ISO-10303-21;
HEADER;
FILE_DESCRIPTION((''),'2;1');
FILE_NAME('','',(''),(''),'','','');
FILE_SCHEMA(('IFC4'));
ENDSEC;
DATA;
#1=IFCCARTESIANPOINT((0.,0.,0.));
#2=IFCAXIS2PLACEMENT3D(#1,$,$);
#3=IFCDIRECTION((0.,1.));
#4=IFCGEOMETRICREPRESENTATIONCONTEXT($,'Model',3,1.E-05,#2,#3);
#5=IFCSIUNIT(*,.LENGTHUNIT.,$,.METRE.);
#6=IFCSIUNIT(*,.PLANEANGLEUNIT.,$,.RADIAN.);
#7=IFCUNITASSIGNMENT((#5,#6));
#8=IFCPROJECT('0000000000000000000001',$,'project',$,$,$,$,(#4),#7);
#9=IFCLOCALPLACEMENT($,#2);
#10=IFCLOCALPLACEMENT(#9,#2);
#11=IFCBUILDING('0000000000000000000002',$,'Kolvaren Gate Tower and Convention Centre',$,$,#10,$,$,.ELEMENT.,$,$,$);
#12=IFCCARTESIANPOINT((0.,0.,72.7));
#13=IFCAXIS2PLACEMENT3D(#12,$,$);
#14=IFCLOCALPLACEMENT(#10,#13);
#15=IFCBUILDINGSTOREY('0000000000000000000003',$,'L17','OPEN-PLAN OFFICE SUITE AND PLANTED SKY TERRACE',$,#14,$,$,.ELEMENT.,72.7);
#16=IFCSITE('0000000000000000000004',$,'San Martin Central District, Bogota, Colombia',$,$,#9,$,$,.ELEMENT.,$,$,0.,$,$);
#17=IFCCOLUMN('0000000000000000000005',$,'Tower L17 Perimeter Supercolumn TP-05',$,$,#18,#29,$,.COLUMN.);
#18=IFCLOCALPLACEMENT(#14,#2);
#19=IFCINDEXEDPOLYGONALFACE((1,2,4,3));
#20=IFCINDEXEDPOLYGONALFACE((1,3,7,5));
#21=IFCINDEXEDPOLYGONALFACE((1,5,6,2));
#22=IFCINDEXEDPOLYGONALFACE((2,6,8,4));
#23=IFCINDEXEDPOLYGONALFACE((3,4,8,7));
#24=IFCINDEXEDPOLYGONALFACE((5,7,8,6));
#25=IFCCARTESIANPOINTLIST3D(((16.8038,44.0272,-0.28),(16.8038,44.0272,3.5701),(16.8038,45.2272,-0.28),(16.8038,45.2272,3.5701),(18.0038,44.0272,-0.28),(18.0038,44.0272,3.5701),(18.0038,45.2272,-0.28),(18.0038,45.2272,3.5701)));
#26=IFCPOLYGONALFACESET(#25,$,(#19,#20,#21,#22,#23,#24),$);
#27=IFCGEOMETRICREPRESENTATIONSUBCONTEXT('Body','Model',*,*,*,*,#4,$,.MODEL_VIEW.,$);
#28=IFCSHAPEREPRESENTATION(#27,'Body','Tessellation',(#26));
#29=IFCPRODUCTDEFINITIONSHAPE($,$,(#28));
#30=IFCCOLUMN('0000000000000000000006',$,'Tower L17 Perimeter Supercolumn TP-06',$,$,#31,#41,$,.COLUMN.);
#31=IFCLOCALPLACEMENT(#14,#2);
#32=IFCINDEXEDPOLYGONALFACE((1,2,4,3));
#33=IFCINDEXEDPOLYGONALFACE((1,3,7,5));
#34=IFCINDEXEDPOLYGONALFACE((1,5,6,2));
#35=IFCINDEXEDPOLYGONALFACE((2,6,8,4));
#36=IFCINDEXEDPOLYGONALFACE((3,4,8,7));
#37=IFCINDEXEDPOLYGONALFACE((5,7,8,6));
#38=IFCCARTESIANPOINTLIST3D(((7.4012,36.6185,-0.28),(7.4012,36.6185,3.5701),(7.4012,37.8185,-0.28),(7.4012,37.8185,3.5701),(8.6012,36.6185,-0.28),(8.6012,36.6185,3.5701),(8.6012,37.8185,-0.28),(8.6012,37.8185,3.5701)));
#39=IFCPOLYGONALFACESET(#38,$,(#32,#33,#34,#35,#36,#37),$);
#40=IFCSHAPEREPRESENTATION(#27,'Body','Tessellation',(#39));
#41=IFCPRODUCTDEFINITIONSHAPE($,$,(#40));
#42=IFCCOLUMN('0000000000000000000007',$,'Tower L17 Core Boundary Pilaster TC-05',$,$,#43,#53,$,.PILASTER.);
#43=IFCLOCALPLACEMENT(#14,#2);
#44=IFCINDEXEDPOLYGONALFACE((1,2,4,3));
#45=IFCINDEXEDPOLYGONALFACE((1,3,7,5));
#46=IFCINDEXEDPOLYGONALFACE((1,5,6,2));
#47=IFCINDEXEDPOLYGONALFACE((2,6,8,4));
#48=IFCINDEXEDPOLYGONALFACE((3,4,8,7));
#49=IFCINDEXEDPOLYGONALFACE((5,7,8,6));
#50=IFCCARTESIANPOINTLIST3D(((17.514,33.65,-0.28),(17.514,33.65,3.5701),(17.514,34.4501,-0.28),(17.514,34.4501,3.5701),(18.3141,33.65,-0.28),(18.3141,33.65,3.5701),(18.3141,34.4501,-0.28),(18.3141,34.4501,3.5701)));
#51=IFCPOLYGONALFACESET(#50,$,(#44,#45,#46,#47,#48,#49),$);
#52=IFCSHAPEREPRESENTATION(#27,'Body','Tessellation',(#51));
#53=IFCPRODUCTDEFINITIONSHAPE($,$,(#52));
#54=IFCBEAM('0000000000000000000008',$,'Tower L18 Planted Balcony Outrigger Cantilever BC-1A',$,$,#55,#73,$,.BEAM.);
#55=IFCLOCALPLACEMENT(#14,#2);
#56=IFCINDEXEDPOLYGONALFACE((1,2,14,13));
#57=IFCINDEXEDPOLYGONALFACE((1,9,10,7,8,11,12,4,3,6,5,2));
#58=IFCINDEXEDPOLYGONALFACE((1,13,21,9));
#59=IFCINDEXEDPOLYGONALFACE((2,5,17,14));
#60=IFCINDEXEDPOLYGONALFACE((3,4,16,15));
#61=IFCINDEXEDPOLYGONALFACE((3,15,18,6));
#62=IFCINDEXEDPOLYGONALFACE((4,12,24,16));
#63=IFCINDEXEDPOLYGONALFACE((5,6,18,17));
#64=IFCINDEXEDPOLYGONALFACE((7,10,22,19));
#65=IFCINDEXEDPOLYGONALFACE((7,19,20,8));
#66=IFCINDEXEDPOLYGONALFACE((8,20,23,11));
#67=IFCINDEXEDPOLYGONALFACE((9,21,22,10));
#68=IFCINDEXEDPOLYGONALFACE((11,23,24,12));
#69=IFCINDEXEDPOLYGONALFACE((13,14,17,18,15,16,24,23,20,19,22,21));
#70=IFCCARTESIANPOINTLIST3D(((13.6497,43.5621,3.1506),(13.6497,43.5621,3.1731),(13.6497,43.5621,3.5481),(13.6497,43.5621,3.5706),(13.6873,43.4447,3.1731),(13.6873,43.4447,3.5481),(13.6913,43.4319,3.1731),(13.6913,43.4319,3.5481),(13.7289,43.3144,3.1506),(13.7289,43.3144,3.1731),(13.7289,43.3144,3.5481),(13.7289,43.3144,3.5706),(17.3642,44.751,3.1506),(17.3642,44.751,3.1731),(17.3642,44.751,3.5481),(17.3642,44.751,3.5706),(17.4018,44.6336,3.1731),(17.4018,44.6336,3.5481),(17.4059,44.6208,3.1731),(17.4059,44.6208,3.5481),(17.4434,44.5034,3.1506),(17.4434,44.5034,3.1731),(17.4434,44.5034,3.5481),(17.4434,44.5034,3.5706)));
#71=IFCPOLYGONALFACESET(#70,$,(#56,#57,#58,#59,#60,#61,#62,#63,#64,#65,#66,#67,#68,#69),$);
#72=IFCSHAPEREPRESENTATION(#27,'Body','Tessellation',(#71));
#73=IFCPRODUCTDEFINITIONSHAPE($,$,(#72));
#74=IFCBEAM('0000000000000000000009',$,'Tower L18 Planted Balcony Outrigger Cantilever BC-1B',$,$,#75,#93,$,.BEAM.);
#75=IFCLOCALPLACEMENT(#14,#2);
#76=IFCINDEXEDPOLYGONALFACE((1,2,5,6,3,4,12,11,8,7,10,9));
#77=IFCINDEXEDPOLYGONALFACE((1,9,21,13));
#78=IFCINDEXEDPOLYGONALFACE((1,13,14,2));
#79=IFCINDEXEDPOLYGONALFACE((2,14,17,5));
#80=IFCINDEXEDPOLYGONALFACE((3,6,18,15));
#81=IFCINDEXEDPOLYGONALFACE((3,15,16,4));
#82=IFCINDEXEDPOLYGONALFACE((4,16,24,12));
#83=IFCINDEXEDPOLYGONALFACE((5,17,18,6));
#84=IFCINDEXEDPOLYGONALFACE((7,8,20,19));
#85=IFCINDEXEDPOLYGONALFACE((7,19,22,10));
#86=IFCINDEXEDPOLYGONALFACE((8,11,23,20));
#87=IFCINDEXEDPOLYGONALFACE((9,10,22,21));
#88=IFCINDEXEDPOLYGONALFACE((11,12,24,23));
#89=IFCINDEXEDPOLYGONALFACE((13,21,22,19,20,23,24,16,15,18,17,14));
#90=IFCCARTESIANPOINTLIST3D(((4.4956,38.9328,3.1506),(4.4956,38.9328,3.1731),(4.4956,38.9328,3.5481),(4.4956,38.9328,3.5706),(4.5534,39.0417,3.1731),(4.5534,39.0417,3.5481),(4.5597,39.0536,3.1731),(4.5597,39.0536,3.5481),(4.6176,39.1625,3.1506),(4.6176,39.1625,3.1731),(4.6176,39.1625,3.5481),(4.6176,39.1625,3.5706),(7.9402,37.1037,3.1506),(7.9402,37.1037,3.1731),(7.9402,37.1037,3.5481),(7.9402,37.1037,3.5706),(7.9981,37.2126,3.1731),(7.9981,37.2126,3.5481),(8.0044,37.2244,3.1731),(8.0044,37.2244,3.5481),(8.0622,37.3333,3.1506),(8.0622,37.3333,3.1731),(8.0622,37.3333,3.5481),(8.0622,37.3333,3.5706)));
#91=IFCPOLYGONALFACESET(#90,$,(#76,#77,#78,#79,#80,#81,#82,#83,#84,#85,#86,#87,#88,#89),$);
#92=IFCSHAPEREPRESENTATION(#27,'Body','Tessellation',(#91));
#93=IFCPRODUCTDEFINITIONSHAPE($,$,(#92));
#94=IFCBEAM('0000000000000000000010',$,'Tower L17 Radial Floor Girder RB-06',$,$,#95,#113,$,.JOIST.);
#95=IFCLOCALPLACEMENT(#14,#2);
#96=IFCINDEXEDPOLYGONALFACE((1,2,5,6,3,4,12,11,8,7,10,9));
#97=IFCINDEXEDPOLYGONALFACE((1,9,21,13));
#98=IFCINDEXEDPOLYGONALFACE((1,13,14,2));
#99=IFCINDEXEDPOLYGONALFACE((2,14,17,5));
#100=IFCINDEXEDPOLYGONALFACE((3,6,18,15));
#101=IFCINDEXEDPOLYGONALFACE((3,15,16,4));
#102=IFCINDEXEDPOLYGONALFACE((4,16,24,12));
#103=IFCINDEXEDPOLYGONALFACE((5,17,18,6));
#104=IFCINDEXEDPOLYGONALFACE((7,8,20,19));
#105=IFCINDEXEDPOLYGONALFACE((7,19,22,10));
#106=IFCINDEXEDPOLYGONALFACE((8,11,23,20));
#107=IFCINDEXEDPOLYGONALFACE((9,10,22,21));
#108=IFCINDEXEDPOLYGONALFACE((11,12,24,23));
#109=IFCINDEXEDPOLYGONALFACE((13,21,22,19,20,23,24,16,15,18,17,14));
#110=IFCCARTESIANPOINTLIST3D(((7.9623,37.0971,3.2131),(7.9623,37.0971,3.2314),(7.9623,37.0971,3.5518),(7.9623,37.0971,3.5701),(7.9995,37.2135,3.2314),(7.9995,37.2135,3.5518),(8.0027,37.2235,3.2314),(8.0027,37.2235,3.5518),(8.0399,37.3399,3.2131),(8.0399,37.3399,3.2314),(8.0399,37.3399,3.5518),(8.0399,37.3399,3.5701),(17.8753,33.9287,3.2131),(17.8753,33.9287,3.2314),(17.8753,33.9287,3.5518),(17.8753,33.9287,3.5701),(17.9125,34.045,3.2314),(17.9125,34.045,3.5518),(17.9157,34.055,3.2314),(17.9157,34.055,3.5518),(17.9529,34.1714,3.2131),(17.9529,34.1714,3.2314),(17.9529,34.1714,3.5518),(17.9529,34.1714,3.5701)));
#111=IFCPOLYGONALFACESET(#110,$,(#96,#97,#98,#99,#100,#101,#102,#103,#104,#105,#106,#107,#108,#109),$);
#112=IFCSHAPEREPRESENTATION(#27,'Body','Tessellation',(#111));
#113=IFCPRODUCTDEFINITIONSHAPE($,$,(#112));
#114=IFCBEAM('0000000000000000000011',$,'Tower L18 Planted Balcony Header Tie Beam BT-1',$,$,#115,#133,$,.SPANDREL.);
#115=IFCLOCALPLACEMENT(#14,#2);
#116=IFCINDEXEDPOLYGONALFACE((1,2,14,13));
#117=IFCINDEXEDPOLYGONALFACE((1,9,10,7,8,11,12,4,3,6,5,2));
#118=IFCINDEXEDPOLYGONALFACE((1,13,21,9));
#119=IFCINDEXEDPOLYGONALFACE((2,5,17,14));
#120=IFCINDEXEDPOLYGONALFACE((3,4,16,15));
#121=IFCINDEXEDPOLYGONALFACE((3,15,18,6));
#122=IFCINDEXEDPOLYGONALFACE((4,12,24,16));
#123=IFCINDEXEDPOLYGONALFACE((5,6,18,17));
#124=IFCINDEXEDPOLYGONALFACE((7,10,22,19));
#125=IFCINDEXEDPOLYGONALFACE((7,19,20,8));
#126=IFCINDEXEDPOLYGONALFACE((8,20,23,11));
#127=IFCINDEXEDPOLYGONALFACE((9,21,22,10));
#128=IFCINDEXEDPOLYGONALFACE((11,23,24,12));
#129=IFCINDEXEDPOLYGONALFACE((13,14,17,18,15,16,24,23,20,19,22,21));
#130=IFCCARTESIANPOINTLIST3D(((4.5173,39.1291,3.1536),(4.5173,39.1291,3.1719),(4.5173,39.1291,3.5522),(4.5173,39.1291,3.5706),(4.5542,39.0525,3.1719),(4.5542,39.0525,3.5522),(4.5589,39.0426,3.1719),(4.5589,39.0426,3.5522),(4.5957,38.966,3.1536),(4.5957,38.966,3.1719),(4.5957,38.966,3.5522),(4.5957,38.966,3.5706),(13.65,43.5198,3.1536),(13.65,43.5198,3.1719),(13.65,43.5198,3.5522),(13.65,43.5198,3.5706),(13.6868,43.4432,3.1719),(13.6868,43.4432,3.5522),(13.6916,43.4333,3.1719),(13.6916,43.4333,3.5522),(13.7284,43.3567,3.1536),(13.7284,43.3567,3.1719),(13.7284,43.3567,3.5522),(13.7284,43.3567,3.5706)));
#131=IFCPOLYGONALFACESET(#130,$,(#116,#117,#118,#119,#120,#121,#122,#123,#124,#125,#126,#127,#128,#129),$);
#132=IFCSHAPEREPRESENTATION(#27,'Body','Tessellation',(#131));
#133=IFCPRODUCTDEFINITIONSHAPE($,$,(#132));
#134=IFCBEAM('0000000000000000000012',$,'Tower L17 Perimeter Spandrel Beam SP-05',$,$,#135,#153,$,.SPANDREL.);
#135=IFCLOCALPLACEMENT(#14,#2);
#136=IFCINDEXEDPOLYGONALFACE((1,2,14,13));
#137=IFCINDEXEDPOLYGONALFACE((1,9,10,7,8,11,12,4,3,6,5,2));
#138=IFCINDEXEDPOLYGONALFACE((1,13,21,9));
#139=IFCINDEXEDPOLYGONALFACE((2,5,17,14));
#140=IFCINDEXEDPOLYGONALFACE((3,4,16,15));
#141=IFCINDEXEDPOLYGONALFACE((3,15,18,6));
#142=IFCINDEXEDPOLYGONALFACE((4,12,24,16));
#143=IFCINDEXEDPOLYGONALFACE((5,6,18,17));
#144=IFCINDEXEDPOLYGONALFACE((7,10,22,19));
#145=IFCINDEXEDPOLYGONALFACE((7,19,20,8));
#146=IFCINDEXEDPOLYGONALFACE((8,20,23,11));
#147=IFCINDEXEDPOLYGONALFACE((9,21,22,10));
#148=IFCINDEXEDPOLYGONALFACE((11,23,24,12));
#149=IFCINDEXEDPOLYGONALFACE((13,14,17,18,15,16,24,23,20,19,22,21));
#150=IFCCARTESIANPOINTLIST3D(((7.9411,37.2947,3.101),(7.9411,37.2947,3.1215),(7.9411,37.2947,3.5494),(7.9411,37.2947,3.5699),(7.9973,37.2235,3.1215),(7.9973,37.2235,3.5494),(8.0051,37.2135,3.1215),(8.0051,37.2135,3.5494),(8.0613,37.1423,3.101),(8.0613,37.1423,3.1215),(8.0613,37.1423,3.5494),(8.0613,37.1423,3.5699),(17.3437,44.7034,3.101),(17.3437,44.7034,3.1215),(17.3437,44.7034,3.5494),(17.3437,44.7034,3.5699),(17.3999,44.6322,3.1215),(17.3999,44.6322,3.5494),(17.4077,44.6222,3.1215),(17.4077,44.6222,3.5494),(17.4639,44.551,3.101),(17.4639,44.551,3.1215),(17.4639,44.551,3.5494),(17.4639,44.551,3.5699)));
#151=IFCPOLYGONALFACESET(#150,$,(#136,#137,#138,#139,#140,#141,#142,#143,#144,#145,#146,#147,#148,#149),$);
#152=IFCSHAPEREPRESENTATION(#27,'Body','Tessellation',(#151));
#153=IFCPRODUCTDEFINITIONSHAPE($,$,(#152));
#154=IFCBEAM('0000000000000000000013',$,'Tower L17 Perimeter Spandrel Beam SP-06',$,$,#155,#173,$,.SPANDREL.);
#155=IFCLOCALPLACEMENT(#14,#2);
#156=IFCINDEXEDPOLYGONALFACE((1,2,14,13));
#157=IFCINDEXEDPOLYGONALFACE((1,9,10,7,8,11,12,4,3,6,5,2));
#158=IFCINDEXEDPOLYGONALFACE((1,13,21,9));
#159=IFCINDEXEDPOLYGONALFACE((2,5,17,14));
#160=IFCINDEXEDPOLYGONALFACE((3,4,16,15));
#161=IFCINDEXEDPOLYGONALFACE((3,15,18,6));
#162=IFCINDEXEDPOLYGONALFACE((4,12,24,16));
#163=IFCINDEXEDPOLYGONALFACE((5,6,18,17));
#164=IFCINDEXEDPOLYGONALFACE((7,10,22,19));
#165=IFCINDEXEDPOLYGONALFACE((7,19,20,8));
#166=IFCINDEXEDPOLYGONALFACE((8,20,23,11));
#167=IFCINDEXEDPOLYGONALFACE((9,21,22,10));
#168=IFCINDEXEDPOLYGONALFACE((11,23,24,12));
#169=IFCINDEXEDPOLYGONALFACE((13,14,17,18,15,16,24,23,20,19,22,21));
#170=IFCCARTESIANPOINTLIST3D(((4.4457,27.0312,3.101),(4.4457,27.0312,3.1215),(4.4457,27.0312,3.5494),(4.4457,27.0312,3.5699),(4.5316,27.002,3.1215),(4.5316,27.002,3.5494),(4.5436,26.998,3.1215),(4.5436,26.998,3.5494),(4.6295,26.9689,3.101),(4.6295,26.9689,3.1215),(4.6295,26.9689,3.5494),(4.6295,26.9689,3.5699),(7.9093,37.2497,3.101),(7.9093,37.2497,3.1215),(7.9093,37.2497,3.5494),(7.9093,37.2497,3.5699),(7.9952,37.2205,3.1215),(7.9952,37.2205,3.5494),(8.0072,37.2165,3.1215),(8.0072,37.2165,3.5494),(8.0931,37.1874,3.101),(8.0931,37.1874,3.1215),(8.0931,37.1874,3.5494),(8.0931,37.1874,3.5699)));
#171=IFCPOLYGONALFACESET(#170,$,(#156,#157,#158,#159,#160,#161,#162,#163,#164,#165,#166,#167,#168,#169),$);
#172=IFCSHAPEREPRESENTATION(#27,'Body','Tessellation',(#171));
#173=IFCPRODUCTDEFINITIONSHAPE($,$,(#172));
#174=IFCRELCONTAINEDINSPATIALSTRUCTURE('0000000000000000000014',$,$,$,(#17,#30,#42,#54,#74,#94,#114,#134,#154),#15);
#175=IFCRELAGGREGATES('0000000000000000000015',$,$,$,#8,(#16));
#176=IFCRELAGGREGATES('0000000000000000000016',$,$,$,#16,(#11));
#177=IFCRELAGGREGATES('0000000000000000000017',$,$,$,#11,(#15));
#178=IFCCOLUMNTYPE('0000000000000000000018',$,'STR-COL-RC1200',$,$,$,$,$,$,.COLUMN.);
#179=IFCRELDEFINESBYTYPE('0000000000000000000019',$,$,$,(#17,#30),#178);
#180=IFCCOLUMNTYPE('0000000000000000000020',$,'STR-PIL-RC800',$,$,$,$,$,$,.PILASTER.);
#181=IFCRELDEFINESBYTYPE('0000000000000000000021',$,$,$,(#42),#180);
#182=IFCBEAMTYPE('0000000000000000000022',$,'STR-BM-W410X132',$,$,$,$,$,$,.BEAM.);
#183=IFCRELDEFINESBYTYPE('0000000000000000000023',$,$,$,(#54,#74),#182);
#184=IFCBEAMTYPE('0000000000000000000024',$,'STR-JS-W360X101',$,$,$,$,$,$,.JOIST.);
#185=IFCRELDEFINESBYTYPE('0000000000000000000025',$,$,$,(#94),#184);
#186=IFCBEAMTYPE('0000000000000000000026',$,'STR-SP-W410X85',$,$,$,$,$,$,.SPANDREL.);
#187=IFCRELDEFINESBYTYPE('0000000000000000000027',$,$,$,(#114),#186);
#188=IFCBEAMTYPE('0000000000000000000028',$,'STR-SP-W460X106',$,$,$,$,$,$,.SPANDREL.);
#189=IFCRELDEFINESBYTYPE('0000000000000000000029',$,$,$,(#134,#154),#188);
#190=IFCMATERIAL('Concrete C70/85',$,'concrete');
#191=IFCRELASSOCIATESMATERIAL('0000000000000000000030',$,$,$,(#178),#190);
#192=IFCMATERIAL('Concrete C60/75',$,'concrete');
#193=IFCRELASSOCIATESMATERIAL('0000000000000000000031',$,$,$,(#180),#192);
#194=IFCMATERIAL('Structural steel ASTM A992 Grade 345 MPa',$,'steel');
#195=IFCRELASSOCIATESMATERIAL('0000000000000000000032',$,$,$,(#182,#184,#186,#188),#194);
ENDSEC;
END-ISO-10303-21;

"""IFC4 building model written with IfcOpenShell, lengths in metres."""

from ifc_helpers import new_model, si_unit, direction, frame, origin, origin_2d, place, context, subcontext, project, spatial, rectangle, i_section, extrude, material, material_profile, profile_set, type_object, element, save


model = new_model("IFC4")

# Units and contexts
model_context = context("Model", 3, precision=1e-05, world=origin(), true_north=direction((0.0, 1.0)))
body_context = subcontext(model_context, "Body", "Model", "MODEL_VIEW")
ifc_project = project(units=[si_unit("LENGTHUNIT", "METRE"), si_unit("PLANEANGLEUNIT", "RADIAN")], contexts=[model_context])

# Site, building, storey
site_placement = place(None, origin())
site = spatial("IfcSite", under=ifc_project, at=site_placement, Name="San Martin Central District, Bogota, Colombia", CompositionType="ELEMENT", RefElevation=0.0)
building_placement = place(site_placement, origin())
building = spatial("IfcBuilding", under=site, at=building_placement, Name="Kolvaren Gate Tower and Convention Centre", CompositionType="ELEMENT")
storey_placement = place(building_placement, frame((0.0, 0.0, 72.7)))
storey = spatial("IfcBuildingStorey", under=building, at=storey_placement, Name="L17", Description="OPEN-PLAN OFFICE SUITE AND PLANTED SKY TERRACE", CompositionType="ELEMENT", Elevation=72.7)

# Columns
ifc_material_1 = material(Name="Concrete C70/85", Category="concrete")
ifc_material_profile_1 = material_profile(ifc_material_1, rectangle(XDim=1.2, YDim=1.2, at=origin_2d()), Name="RC-COL-1200X1200")
ifc_profile_set_1 = profile_set([ifc_material_profile_1], Name="Concrete C70/85")
column_type_1 = type_object("IfcColumnType", Name="STR-COL-RC1200", PredefinedType="COLUMN", material=ifc_profile_set_1)
for number, where, z_axis, x_axis, name in (
    (1, (17.4038, 44.6272, -0.28), (0.0, 0.0, 1.0), (1.0, 0.0, 0.0), "Tower L17 Perimeter Supercolumn TP-05"),
    (2, (8.0012, 37.2185, -0.28), (0.0, 0.0, 1.0), (1.0, 0.0, 0.0), "Tower L17 Perimeter Supercolumn TP-06"),
):
    element("IfcColumn", number, at=place(storey_placement, frame(where, z_axis=z_axis, x_axis=x_axis)), inside=storey, type_object=column_type_1, Name=name, PredefinedType="COLUMN", context=body_context, shape_type="SweptSolid", body=[
        extrude(rectangle(XDim=1.2, YDim=1.2, at=origin_2d()), origin(), (0.0, 0.0, 1.0), 3.8501),
    ])
ifc_material_2 = material(Name="Concrete C60/75", Category="concrete")
ifc_material_profile_2 = material_profile(ifc_material_2, rectangle(XDim=0.8, YDim=0.8, at=origin_2d()), Name="RC-COL-800X800")
ifc_profile_set_2 = profile_set([ifc_material_profile_2], Name="Concrete C60/75")
column_type_2 = type_object("IfcColumnType", Name="STR-PIL-RC800", PredefinedType="PILASTER", material=ifc_profile_set_2)
column_placement = place(storey_placement, frame((17.9141, 34.05, -0.28), z_axis=(0.0, 0.0, 1.0), x_axis=(1.0, 0.0, 0.0)))
element("IfcColumn", 3, at=column_placement, inside=storey, type_object=column_type_2, Name="Tower L17 Core Boundary Pilaster TC-05", PredefinedType="PILASTER", context=body_context, shape_type="SweptSolid", body=[
    extrude(rectangle(XDim=0.8, YDim=0.8, at=origin_2d()), origin(), (0.0, 0.0, 1.0), 3.8501),
])

# Beams
ifc_material_3 = material(Name="Structural steel ASTM A992 Grade 345 MPa", Category="steel")
ifc_material_profile_3 = material_profile(ifc_material_3, i_section(OverallWidth=0.26, OverallDepth=0.4199, WebThickness=0.0134, FlangeThickness=0.0225, at=origin_2d()), Name="W410X132")
ifc_profile_set_3 = profile_set([ifc_material_profile_3], Name="Structural steel ASTM A992 Grade 345 MPa")
beam_type_1 = type_object("IfcBeamType", Name="STR-BM-W410X132", PredefinedType="BEAM", material=ifc_profile_set_3)
for number, where, z_axis, x_axis, name in (
    (4, (17.4038, 44.6272, 3.3606), (-0.952402, -0.304844, 0.0), (0.304844, -0.952402, 0.0), "Tower L18 Planted Balcony Outrigger Cantilever BC-1A"),
    (5, (8.0012, 37.2185, 3.3606), (-0.883204, 0.468989, 0.0), (-0.468989, -0.883204, 0.0), "Tower L18 Planted Balcony Outrigger Cantilever BC-1B"),
):
    element("IfcBeam", number, at=place(storey_placement, frame(where, z_axis=z_axis, x_axis=x_axis)), inside=storey, type_object=beam_type_1, Name=name, PredefinedType="BEAM", context=body_context, shape_type="SweptSolid", body=[
        extrude(i_section(OverallWidth=0.26, OverallDepth=0.4199, WebThickness=0.0134, FlangeThickness=0.0225, at=origin_2d()), origin(), (0.0, 0.0, 1.0), 3.9001),
    ])
ifc_material_profile_4 = material_profile(ifc_material_3, i_section(OverallWidth=0.2549, OverallDepth=0.3569, WebThickness=0.0105, FlangeThickness=0.0183, at=origin_2d()), Name="W360X101")
ifc_profile_set_4 = profile_set([ifc_material_profile_4], Name="Structural steel ASTM A992 Grade 345 MPa")
beam_type_2 = type_object("IfcBeamType", Name="STR-JS-W360X101", PredefinedType="JOIST", material=ifc_profile_set_4)
beam_1_placement = place(storey_placement, frame((17.9141, 34.05, 3.3916), z_axis=(-0.952526, 0.304457, 0.0), x_axis=(-0.304457, -0.952526, 0.0)))
element("IfcBeam", 6, at=beam_1_placement, inside=storey, type_object=beam_type_2, Name="Tower L17 Radial Floor Girder RB-06", PredefinedType="JOIST", context=body_context, shape_type="SweptSolid", body=[
    extrude(i_section(OverallWidth=0.2549, OverallDepth=0.3569, WebThickness=0.0105, FlangeThickness=0.0183, at=origin_2d()), origin(), (0.0, 0.0, 1.0), 10.407),
])
ifc_material_profile_5 = material_profile(ifc_material_3, i_section(OverallWidth=0.1809, OverallDepth=0.417, WebThickness=0.011, FlangeThickness=0.0183, at=origin_2d()), Name="W410X85")
ifc_profile_set_5 = profile_set([ifc_material_profile_5], Name="Structural steel ASTM A992 Grade 345 MPa")
beam_type_3 = type_object("IfcBeamType", Name="STR-SP-W410X85", PredefinedType="SPANDREL", material=ifc_profile_set_5)
beam_2_placement = place(storey_placement, frame((13.6892, 43.4382, 3.3621), z_axis=(-0.901254, -0.433292, 0.0), x_axis=(0.433292, -0.901254, 0.0)))
element("IfcBeam", 7, at=beam_2_placement, inside=storey, type_object=beam_type_3, Name="Tower L18 Planted Balcony Header Tie Beam BT-1", PredefinedType="SPANDREL", context=body_context, shape_type="SweptSolid", body=[
    extrude(i_section(OverallWidth=0.1809, OverallDepth=0.417, WebThickness=0.011, FlangeThickness=0.0183, at=origin_2d()), origin(), (0.0, 0.0, 1.0), 10.1333),
])
ifc_material_profile_6 = material_profile(ifc_material_3, i_section(OverallWidth=0.1941, OverallDepth=0.469, WebThickness=0.0127, FlangeThickness=0.0205, at=origin_2d()), Name="W460X106")
ifc_profile_set_6 = profile_set([ifc_material_profile_6], Name="Structural steel ASTM A992 Grade 345 MPa")
beam_type_4 = type_object("IfcBeamType", Name="STR-SP-W460X106", PredefinedType="SPANDREL", material=ifc_profile_set_6)
beam_3_placement = place(storey_placement, frame((17.4038, 44.6272, 3.3354), z_axis=(-0.785468, -0.618903, 0.0), x_axis=(0.618903, -0.785468, 0.0)))
element("IfcBeam", 8, at=beam_3_placement, inside=storey, type_object=beam_type_4, Name="Tower L17 Perimeter Spandrel Beam SP-05", PredefinedType="SPANDREL", context=body_context, shape_type="SweptSolid", body=[
    extrude(i_section(OverallWidth=0.1941, OverallDepth=0.469, WebThickness=0.0127, FlangeThickness=0.0205, at=origin_2d()), origin(), (0.0, 0.0, 1.0), 11.9707),
])
beam_4_placement = place(storey_placement, frame((8.0012, 37.2185, 3.3354), z_axis=(-0.321016, -0.947074, 0.0), x_axis=(0.947074, -0.321016, 0.0)))
element("IfcBeam", 9, at=beam_4_placement, inside=storey, type_object=beam_type_4, Name="Tower L17 Perimeter Spandrel Beam SP-06", PredefinedType="SPANDREL", context=body_context, shape_type="SweptSolid", body=[
    extrude(i_section(OverallWidth=0.1941, OverallDepth=0.469, WebThickness=0.0127, FlangeThickness=0.0205, at=origin_2d()), origin(), (0.0, 0.0, 1.0), 10.7896),
])

save(model, "model.ifc")
